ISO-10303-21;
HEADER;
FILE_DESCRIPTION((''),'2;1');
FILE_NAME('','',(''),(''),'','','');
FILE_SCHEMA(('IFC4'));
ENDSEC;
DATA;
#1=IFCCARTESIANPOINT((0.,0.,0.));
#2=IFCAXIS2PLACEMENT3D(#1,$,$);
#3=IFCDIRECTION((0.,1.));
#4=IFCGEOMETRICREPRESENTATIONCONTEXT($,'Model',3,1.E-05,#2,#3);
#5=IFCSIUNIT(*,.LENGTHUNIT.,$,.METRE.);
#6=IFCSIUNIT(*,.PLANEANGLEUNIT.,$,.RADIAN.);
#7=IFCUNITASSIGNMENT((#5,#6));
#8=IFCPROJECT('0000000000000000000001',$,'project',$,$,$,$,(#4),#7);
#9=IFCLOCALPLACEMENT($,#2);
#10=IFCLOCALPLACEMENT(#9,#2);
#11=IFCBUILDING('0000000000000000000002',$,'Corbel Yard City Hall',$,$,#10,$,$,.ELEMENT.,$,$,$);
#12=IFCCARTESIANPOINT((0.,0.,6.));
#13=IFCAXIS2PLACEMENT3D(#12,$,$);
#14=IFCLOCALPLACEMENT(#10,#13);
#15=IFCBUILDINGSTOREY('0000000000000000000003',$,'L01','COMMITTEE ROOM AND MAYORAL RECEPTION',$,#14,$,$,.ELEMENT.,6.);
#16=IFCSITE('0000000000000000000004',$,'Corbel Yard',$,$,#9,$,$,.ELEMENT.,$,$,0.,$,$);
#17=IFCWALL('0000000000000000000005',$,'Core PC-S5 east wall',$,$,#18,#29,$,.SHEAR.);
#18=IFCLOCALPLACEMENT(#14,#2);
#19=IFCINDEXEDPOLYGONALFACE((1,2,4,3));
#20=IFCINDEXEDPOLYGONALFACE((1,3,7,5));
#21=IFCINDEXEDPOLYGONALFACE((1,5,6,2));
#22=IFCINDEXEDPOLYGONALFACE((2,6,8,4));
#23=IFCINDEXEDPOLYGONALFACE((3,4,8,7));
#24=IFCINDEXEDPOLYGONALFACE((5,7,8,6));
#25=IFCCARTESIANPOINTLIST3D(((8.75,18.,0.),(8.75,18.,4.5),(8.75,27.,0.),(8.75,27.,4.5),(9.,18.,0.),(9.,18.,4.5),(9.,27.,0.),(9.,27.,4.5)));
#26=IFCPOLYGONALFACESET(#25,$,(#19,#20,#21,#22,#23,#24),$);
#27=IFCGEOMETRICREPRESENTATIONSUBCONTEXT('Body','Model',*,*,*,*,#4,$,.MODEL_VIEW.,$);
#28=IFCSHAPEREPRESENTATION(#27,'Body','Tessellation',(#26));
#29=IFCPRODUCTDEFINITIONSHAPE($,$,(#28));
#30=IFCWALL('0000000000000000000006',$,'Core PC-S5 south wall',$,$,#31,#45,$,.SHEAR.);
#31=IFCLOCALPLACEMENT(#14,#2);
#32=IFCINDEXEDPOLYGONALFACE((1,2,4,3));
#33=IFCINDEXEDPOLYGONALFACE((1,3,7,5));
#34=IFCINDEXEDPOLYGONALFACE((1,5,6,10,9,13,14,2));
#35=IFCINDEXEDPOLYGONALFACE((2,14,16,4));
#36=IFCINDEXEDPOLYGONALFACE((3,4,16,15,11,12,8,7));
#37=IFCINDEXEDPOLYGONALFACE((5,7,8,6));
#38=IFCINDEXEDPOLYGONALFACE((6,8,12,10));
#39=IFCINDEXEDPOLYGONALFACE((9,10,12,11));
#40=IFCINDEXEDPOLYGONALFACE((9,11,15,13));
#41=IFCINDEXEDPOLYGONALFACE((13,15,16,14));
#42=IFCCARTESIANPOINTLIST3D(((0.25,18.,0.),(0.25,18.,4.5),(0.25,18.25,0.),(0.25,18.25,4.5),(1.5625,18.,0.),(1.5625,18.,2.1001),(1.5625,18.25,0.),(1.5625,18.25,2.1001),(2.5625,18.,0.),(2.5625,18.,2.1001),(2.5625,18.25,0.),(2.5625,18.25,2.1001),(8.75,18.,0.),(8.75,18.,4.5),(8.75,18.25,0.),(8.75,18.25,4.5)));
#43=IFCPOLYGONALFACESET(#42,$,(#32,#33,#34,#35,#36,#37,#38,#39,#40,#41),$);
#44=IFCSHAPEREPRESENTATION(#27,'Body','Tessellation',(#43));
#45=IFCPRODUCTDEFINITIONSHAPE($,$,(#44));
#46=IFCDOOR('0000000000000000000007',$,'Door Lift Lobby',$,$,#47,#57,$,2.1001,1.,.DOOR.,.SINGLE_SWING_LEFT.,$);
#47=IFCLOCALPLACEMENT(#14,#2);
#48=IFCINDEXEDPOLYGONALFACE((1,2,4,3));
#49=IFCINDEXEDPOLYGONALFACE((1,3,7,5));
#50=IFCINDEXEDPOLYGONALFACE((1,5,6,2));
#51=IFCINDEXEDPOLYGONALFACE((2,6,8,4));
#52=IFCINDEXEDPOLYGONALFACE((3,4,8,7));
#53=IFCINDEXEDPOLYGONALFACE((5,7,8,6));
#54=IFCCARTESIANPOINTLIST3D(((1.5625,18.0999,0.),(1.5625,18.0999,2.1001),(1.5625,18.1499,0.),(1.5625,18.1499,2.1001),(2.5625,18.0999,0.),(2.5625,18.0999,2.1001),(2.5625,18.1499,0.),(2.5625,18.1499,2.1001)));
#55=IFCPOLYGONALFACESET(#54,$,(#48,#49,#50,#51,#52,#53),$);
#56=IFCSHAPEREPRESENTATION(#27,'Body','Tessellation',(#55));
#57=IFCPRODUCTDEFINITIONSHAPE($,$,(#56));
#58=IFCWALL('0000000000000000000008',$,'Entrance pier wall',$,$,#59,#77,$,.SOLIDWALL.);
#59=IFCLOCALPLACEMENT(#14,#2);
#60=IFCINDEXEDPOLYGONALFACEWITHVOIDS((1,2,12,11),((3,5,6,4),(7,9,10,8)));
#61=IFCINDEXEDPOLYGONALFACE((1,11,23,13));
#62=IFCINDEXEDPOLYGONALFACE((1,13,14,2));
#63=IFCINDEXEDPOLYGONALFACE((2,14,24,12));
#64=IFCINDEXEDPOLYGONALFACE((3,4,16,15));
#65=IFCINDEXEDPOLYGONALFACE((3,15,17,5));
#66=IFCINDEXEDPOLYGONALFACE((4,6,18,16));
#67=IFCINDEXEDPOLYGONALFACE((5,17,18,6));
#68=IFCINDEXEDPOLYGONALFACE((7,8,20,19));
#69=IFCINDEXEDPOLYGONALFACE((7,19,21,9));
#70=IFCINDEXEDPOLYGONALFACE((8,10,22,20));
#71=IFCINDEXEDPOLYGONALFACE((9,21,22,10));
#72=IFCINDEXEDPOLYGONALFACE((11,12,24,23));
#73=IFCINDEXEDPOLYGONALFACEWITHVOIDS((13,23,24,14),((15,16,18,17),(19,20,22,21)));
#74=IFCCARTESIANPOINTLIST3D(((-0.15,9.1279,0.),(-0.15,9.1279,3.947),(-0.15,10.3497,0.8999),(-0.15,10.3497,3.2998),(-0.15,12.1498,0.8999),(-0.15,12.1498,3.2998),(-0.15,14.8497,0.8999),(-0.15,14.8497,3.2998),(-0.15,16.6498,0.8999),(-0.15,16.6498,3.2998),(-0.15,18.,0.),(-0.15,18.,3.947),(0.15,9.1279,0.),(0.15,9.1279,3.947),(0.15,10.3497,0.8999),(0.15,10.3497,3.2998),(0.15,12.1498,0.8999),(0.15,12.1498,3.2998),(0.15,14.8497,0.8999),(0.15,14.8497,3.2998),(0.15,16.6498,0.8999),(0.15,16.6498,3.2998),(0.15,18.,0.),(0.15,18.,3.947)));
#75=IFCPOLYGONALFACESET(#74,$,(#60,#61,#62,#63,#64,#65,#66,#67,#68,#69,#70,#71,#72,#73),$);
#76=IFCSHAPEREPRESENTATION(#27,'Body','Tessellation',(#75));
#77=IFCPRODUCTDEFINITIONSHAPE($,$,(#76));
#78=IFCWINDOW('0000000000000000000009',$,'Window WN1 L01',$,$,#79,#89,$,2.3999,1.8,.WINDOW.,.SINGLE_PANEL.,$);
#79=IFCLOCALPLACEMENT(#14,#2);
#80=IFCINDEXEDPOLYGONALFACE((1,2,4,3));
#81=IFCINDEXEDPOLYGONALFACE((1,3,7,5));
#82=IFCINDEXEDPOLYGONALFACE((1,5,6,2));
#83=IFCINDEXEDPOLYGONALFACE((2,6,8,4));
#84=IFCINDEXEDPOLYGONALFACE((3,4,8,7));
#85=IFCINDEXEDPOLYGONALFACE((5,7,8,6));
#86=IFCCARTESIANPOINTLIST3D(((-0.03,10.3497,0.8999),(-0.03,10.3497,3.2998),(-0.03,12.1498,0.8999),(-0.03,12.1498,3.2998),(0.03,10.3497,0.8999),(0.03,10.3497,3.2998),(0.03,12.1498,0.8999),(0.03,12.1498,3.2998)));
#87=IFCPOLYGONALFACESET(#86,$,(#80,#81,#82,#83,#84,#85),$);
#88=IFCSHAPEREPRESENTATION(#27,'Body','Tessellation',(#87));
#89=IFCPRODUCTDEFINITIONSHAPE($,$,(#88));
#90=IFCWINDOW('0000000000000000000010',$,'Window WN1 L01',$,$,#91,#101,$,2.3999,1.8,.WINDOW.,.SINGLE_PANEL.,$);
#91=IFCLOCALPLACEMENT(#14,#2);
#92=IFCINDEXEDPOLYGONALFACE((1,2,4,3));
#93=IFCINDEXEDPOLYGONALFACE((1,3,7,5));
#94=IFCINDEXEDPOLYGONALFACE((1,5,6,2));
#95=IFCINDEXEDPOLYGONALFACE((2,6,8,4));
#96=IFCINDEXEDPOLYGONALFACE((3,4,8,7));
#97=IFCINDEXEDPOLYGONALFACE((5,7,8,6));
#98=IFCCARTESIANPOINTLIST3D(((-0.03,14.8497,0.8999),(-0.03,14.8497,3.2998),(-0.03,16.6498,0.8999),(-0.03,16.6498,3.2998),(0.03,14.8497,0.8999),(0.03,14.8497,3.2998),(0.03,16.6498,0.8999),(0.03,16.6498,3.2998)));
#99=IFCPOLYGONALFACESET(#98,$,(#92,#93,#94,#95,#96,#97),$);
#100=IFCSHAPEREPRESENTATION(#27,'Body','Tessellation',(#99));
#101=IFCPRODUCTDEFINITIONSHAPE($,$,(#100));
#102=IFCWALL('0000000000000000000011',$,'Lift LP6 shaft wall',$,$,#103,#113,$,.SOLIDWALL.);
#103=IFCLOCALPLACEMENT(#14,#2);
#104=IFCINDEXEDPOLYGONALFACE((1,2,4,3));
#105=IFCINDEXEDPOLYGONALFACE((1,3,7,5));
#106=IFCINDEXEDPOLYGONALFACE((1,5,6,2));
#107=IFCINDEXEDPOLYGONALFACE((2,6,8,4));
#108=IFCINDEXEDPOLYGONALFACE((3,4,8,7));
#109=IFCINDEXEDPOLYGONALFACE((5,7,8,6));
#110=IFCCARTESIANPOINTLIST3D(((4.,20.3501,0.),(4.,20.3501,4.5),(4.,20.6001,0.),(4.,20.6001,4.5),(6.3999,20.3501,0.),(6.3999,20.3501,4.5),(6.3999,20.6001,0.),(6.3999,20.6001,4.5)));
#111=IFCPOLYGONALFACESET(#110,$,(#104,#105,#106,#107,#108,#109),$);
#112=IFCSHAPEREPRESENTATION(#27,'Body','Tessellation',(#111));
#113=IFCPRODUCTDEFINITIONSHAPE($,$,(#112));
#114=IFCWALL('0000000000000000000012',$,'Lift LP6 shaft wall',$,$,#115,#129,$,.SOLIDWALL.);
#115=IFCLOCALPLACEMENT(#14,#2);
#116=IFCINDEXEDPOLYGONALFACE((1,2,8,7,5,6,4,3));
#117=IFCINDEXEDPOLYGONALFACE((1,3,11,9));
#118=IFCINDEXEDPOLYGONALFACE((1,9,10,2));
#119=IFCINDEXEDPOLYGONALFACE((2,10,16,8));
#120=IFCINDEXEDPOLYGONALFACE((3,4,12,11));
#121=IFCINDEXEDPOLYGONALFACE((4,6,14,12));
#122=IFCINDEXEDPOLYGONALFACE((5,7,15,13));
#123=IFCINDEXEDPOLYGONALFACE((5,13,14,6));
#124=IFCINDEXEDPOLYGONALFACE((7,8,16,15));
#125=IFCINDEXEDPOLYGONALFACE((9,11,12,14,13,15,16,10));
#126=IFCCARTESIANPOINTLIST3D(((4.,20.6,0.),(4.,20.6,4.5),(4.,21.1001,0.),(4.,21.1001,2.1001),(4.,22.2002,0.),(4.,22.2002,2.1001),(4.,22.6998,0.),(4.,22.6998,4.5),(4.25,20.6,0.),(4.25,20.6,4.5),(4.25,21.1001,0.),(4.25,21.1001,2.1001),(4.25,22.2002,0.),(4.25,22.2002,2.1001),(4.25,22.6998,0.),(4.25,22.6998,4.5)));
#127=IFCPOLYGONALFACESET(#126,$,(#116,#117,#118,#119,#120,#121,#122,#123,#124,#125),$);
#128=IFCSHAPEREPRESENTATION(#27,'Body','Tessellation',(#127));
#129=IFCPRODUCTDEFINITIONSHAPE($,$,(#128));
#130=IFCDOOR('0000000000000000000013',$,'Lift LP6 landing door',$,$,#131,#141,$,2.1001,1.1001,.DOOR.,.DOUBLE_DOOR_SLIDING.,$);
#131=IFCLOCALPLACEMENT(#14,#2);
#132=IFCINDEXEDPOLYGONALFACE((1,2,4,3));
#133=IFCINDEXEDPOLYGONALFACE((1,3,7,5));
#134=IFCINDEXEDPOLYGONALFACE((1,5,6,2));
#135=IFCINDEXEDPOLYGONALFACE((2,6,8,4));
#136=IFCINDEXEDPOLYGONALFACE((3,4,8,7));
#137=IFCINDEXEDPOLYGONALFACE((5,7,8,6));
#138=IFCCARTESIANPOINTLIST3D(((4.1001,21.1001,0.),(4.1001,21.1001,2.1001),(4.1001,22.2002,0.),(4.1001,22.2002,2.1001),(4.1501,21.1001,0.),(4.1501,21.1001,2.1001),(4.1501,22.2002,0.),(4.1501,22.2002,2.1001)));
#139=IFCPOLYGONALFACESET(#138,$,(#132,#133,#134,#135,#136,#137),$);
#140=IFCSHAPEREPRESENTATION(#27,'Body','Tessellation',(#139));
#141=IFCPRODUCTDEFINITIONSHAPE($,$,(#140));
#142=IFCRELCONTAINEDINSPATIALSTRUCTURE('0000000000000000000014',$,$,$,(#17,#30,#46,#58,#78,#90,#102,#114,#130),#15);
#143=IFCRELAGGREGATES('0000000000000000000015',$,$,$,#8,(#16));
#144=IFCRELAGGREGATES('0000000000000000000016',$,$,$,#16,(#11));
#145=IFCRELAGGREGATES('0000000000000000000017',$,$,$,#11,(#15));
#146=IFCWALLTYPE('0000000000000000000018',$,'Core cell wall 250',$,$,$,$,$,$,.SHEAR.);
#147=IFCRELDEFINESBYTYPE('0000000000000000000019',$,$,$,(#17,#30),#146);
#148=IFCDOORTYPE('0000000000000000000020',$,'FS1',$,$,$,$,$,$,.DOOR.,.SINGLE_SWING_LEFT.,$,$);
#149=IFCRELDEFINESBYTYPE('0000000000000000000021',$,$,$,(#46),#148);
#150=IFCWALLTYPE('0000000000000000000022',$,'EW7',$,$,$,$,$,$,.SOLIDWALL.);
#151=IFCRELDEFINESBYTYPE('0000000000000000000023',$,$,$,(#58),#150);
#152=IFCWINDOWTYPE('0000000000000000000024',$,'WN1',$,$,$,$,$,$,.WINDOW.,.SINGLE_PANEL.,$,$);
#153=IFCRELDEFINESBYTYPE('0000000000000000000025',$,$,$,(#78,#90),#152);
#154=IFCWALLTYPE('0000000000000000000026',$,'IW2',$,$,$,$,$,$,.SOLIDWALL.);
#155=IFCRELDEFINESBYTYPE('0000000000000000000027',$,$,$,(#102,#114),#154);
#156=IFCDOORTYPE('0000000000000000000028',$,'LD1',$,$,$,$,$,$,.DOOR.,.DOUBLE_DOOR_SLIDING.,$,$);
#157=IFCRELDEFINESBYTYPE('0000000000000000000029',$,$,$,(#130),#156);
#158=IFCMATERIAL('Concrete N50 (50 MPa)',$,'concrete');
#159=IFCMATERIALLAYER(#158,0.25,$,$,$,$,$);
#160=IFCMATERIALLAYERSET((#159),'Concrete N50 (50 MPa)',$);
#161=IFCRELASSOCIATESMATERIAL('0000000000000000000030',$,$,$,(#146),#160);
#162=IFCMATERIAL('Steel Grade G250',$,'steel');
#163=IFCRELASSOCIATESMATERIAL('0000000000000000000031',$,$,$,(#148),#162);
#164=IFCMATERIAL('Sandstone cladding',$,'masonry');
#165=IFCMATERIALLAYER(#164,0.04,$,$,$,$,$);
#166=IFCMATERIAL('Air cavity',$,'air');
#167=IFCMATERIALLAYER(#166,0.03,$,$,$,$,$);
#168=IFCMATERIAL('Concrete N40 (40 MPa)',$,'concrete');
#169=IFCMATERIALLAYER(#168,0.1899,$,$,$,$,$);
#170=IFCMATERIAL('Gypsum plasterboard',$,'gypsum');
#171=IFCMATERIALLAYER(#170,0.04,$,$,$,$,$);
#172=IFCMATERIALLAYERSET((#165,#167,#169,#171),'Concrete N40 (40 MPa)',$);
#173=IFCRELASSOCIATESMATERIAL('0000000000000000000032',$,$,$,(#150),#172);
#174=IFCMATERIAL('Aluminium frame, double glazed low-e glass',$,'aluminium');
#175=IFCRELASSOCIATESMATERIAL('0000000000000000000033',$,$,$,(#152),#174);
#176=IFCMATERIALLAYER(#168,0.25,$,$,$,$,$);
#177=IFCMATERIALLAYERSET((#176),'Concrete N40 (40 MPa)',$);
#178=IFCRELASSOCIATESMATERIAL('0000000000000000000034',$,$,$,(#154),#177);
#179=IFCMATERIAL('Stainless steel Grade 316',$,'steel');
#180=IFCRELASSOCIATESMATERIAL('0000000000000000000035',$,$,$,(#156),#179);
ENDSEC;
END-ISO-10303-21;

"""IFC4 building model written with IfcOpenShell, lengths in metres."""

from ifc_helpers import new_model, si_unit, direction, frame, frame_2d, origin, place, context, subcontext, project, spatial, rectangle, extrude, material, layer, layer_set, type_object, element, fill, save


model = new_model("IFC4")

# Units and contexts
model_context = context("Model", 3, precision=1e-05, world=origin(), true_north=direction((0.0, 1.0)))
body_context = subcontext(model_context, "Body", "Model", "MODEL_VIEW")
ifc_project = project(units=[si_unit("LENGTHUNIT", "METRE"), si_unit("PLANEANGLEUNIT", "RADIAN")], contexts=[model_context])

# Site, building, storey
site_placement = place(None, origin())
site = spatial("IfcSite", under=ifc_project, at=site_placement, Name="Corbel Yard", CompositionType="ELEMENT", RefElevation=0.0)
building_placement = place(site_placement, origin())
building = spatial("IfcBuilding", under=site, at=building_placement, Name="Corbel Yard City Hall", CompositionType="ELEMENT")
storey_placement = place(building_placement, frame((0.0, 0.0, 6.0)))
storey = spatial("IfcBuildingStorey", under=building, at=storey_placement, Name="L01", Description="COMMITTEE ROOM AND MAYORAL RECEPTION", CompositionType="ELEMENT", Elevation=6.0)

# Shared definitions
ifc_material_1 = material(Name="Concrete N50 (50 MPa)", Category="concrete")
ifc_layer_1 = layer(ifc_material_1, 0.25)
ifc_layer_set_1 = layer_set([ifc_layer_1], Name="Concrete N50 (50 MPa)")
wall_type_1 = type_object("IfcWallType", Name="Core cell wall 250", PredefinedType="SHEAR", material=ifc_layer_set_1)
ifc_material_2 = material(Name="Steel Grade G250", Category="steel")
door_type_1 = type_object("IfcDoorType", Name="FS1", OperationType="SINGLE_SWING_LEFT", PredefinedType="DOOR", material=ifc_material_2)

# Wall
for number, where, z_axis, x_axis, name in (
    (1, (8.875, 18.0, 0.0), (0.0, 0.0, 1.0), (0.0, 1.0, 0.0), "Core PC-S5 east wall"),
):
    element("IfcWall", number, at=place(storey_placement, frame(where, z_axis=z_axis, x_axis=x_axis)), inside=storey, type_object=wall_type_1, Name=name, PredefinedType="SHEAR", context=body_context, shape_type="SweptSolid", body=[
        extrude(rectangle(XDim=9.0, YDim=0.25, at=frame_2d((4.5, 0.0))), origin(), (0.0, 0.0, 1.0), 4.5),
    ])

# Wall, opening, door
wall_1_placement = place(storey_placement, frame((0.25, 18.125, 0.0), z_axis=(0.0, 0.0, 1.0), x_axis=(1.0, 0.0, 0.0)))
wall_1 = element("IfcWall", 2, at=wall_1_placement, inside=storey, type_object=wall_type_1, Name="Core PC-S5 south wall", PredefinedType="SHEAR", context=body_context, shape_type="SweptSolid", body=[
    extrude(rectangle(XDim=8.5, YDim=0.25, at=frame_2d((4.25, 0.0))), origin(), (0.0, 0.0, 1.0), 4.5),
])
opening_1_placement = place(wall_1_placement, frame((1.3125, 0.0, 0.0)))
opening_1 = element("IfcOpeningElement", 3, at=opening_1_placement, cuts=wall_1, PredefinedType="OPENING", context=body_context, shape_type="SweptSolid", body=[
    extrude(rectangle(XDim=1.0, YDim=2.1001, at=frame_2d((0.5, 1.05))), frame((0.0, 0.135, 0.0), z_axis=(0.0, -1.0, 0.0), x_axis=(1.0, 0.0, 0.0)), (0.0, 0.0, 1.0), 0.27),
])
door_1_placement = place(opening_1_placement, origin())
door_1 = element("IfcDoor", 4, at=door_1_placement, inside=storey, type_object=door_type_1, Name="Door Lift Lobby", OperationType="SINGLE_SWING_LEFT", OverallHeight=2.1001, OverallWidth=1.0, PredefinedType="DOOR", context=body_context, shape_type="SweptSolid", body=[
    extrude(rectangle(XDim=1.0, YDim=2.1001, at=frame_2d((0.5, 1.05))), frame((0.0, 0.0249, 0.0), z_axis=(0.0, -1.0, 0.0), x_axis=(1.0, 0.0, 0.0)), (0.0, 0.0, 1.0), 0.05),
])
fill(opening_1, door_1)

# Wall, openings, windows
ifc_material_3 = material(Name="Sandstone cladding", Category="masonry")
ifc_layer_2 = layer(ifc_material_3, 0.04)
ifc_material_4 = material(Name="Air cavity", Category="air")
ifc_layer_3 = layer(ifc_material_4, 0.03)
ifc_material_5 = material(Name="Concrete N40 (40 MPa)", Category="concrete")
ifc_layer_4 = layer(ifc_material_5, 0.1899)
ifc_material_6 = material(Name="Gypsum plasterboard", Category="gypsum")
ifc_layer_5 = layer(ifc_material_6, 0.04)
ifc_layer_set_2 = layer_set([ifc_layer_2, ifc_layer_3, ifc_layer_4, ifc_layer_5], Name="Concrete N40 (40 MPa)")
wall_type_2 = type_object("IfcWallType", Name="EW7", PredefinedType="SOLIDWALL", material=ifc_layer_set_2)
wall_2_placement = place(storey_placement, frame((0.0, 9.1279, 0.0), z_axis=(0.0, 0.0, 1.0), x_axis=(0.0, 1.0, 0.0)))
wall_2 = element("IfcWall", 5, at=wall_2_placement, inside=storey, type_object=wall_type_2, Name="Entrance pier wall", PredefinedType="SOLIDWALL", context=body_context, shape_type="SweptSolid", body=[
    extrude(rectangle(XDim=8.8721, YDim=0.3, at=frame_2d((4.436, 0.0))), origin(), (0.0, 0.0, 1.0), 3.947),
])
opening_2_placement = place(wall_2_placement, frame((1.2219, 0.0, 0.8999)))
opening_2 = element("IfcOpeningElement", 6, at=opening_2_placement, cuts=wall_2, PredefinedType="OPENING", context=body_context, shape_type="SweptSolid", body=[
    extrude(rectangle(XDim=1.8, YDim=2.3999, at=frame_2d((0.8999, 1.2))), frame((0.0, 0.1599, 0.0), z_axis=(0.0, -1.0, 0.0), x_axis=(1.0, 0.0, 0.0)), (0.0, 0.0, 1.0), 0.3201),
])
opening_3_placement = place(wall_2_placement, frame((5.7219, 0.0, 0.8999)))
opening_3 = element("IfcOpeningElement", 7, at=opening_3_placement, cuts=wall_2, PredefinedType="OPENING", context=body_context, shape_type="SweptSolid", body=[
    extrude(rectangle(XDim=1.8, YDim=2.3999, at=frame_2d((0.8999, 1.2))), frame((0.0, 0.1599, 0.0), z_axis=(0.0, -1.0, 0.0), x_axis=(1.0, 0.0, 0.0)), (0.0, 0.0, 1.0), 0.3201),
])
ifc_material_7 = material(Name="Aluminium frame, double glazed low-e glass", Category="aluminium")
window_type = type_object("IfcWindowType", Name="WN1", PartitioningType="SINGLE_PANEL", PredefinedType="WINDOW", material=ifc_material_7)
window_1_placement = place(opening_2_placement, origin())
window_1 = element("IfcWindow", 8, at=window_1_placement, inside=storey, type_object=window_type, Name="Window WN1 L01", OverallHeight=2.3999, OverallWidth=1.8, PartitioningType="SINGLE_PANEL", PredefinedType="WINDOW", context=body_context, shape_type="SweptSolid", body=[
    extrude(rectangle(XDim=1.8, YDim=2.3999, at=frame_2d((0.8999, 1.2))), frame((0.0, 0.03, 0.0), z_axis=(0.0, -1.0, 0.0), x_axis=(1.0, 0.0, 0.0)), (0.0, 0.0, 1.0), 0.0601),
])
fill(opening_2, window_1)
window_2_placement = place(opening_3_placement, origin())
window_2 = element("IfcWindow", 9, at=window_2_placement, inside=storey, type_object=window_type, Name="Window WN1 L01", OverallHeight=2.3999, OverallWidth=1.8, PartitioningType="SINGLE_PANEL", PredefinedType="WINDOW", context=body_context, shape_type="SweptSolid", body=[
    extrude(rectangle(XDim=1.8, YDim=2.3999, at=frame_2d((0.8999, 1.2))), frame((0.0, 0.03, 0.0), z_axis=(0.0, -1.0, 0.0), x_axis=(1.0, 0.0, 0.0)), (0.0, 0.0, 1.0), 0.0601),
])
fill(opening_3, window_2)

# Wall
ifc_layer_6 = layer(ifc_material_5, 0.25)
ifc_layer_set_3 = layer_set([ifc_layer_6], Name="Concrete N40 (40 MPa)")
wall_type_3 = type_object("IfcWallType", Name="IW2", PredefinedType="SOLIDWALL", material=ifc_layer_set_3)
wall_3_placement = place(storey_placement, frame((4.0, 20.4751, 0.0), z_axis=(0.0, 0.0, 1.0), x_axis=(1.0, 0.0, 0.0)))
element("IfcWall", 10, at=wall_3_placement, inside=storey, type_object=wall_type_3, Name="Lift LP6 shaft wall", PredefinedType="SOLIDWALL", context=body_context, shape_type="SweptSolid", body=[
    extrude(rectangle(XDim=2.3999, YDim=0.25, at=frame_2d((1.2, 0.0))), origin(), (0.0, 0.0, 1.0), 4.5),
])

# Wall, opening, door
wall_4_placement = place(storey_placement, frame((4.125, 20.6001, 0.0), z_axis=(0.0, 0.0, 1.0), x_axis=(0.0, 1.0, 0.0)))
wall_4 = element("IfcWall", 11, at=wall_4_placement, inside=storey, type_object=wall_type_3, Name="Lift LP6 shaft wall", PredefinedType="SOLIDWALL", context=body_context, shape_type="SweptSolid", body=[
    extrude(rectangle(XDim=2.0999, YDim=0.25, at=frame_2d((1.0498, 0.0))), origin(), (0.0, 0.0, 1.0), 4.5),
])
opening_4_placement = place(wall_4_placement, frame((0.5, 0.0, 0.0)))
opening_4 = element("IfcOpeningElement", 12, at=opening_4_placement, cuts=wall_4, PredefinedType="OPENING", context=body_context, shape_type="SweptSolid", body=[
    extrude(rectangle(XDim=1.1001, YDim=2.1001, at=frame_2d((0.55, 1.05))), frame((0.0, 0.135, 0.0), z_axis=(0.0, -1.0, 0.0), x_axis=(1.0, 0.0, 0.0)), (0.0, 0.0, 1.0), 0.27),
])
ifc_material_8 = material(Name="Stainless steel Grade 316", Category="steel")
door_type_2 = type_object("IfcDoorType", Name="LD1", OperationType="DOUBLE_DOOR_SLIDING", PredefinedType="DOOR", material=ifc_material_8)
door_2_placement = place(opening_4_placement, origin())
door_2 = element("IfcDoor", 13, at=door_2_placement, inside=storey, type_object=door_type_2, Name="Lift LP6 landing door", OperationType="DOUBLE_DOOR_SLIDING", OverallHeight=2.1001, OverallWidth=1.1001, PredefinedType="DOOR", context=body_context, shape_type="SweptSolid", body=[
    extrude(rectangle(XDim=1.1001, YDim=2.1001, at=frame_2d((0.55, 1.05))), frame((0.0, 0.0249, 0.0), z_axis=(0.0, -1.0, 0.0), x_axis=(1.0, 0.0, 0.0)), (0.0, 0.0, 1.0), 0.05),
])
fill(opening_4, door_2)

save(model, "model.ifc")
